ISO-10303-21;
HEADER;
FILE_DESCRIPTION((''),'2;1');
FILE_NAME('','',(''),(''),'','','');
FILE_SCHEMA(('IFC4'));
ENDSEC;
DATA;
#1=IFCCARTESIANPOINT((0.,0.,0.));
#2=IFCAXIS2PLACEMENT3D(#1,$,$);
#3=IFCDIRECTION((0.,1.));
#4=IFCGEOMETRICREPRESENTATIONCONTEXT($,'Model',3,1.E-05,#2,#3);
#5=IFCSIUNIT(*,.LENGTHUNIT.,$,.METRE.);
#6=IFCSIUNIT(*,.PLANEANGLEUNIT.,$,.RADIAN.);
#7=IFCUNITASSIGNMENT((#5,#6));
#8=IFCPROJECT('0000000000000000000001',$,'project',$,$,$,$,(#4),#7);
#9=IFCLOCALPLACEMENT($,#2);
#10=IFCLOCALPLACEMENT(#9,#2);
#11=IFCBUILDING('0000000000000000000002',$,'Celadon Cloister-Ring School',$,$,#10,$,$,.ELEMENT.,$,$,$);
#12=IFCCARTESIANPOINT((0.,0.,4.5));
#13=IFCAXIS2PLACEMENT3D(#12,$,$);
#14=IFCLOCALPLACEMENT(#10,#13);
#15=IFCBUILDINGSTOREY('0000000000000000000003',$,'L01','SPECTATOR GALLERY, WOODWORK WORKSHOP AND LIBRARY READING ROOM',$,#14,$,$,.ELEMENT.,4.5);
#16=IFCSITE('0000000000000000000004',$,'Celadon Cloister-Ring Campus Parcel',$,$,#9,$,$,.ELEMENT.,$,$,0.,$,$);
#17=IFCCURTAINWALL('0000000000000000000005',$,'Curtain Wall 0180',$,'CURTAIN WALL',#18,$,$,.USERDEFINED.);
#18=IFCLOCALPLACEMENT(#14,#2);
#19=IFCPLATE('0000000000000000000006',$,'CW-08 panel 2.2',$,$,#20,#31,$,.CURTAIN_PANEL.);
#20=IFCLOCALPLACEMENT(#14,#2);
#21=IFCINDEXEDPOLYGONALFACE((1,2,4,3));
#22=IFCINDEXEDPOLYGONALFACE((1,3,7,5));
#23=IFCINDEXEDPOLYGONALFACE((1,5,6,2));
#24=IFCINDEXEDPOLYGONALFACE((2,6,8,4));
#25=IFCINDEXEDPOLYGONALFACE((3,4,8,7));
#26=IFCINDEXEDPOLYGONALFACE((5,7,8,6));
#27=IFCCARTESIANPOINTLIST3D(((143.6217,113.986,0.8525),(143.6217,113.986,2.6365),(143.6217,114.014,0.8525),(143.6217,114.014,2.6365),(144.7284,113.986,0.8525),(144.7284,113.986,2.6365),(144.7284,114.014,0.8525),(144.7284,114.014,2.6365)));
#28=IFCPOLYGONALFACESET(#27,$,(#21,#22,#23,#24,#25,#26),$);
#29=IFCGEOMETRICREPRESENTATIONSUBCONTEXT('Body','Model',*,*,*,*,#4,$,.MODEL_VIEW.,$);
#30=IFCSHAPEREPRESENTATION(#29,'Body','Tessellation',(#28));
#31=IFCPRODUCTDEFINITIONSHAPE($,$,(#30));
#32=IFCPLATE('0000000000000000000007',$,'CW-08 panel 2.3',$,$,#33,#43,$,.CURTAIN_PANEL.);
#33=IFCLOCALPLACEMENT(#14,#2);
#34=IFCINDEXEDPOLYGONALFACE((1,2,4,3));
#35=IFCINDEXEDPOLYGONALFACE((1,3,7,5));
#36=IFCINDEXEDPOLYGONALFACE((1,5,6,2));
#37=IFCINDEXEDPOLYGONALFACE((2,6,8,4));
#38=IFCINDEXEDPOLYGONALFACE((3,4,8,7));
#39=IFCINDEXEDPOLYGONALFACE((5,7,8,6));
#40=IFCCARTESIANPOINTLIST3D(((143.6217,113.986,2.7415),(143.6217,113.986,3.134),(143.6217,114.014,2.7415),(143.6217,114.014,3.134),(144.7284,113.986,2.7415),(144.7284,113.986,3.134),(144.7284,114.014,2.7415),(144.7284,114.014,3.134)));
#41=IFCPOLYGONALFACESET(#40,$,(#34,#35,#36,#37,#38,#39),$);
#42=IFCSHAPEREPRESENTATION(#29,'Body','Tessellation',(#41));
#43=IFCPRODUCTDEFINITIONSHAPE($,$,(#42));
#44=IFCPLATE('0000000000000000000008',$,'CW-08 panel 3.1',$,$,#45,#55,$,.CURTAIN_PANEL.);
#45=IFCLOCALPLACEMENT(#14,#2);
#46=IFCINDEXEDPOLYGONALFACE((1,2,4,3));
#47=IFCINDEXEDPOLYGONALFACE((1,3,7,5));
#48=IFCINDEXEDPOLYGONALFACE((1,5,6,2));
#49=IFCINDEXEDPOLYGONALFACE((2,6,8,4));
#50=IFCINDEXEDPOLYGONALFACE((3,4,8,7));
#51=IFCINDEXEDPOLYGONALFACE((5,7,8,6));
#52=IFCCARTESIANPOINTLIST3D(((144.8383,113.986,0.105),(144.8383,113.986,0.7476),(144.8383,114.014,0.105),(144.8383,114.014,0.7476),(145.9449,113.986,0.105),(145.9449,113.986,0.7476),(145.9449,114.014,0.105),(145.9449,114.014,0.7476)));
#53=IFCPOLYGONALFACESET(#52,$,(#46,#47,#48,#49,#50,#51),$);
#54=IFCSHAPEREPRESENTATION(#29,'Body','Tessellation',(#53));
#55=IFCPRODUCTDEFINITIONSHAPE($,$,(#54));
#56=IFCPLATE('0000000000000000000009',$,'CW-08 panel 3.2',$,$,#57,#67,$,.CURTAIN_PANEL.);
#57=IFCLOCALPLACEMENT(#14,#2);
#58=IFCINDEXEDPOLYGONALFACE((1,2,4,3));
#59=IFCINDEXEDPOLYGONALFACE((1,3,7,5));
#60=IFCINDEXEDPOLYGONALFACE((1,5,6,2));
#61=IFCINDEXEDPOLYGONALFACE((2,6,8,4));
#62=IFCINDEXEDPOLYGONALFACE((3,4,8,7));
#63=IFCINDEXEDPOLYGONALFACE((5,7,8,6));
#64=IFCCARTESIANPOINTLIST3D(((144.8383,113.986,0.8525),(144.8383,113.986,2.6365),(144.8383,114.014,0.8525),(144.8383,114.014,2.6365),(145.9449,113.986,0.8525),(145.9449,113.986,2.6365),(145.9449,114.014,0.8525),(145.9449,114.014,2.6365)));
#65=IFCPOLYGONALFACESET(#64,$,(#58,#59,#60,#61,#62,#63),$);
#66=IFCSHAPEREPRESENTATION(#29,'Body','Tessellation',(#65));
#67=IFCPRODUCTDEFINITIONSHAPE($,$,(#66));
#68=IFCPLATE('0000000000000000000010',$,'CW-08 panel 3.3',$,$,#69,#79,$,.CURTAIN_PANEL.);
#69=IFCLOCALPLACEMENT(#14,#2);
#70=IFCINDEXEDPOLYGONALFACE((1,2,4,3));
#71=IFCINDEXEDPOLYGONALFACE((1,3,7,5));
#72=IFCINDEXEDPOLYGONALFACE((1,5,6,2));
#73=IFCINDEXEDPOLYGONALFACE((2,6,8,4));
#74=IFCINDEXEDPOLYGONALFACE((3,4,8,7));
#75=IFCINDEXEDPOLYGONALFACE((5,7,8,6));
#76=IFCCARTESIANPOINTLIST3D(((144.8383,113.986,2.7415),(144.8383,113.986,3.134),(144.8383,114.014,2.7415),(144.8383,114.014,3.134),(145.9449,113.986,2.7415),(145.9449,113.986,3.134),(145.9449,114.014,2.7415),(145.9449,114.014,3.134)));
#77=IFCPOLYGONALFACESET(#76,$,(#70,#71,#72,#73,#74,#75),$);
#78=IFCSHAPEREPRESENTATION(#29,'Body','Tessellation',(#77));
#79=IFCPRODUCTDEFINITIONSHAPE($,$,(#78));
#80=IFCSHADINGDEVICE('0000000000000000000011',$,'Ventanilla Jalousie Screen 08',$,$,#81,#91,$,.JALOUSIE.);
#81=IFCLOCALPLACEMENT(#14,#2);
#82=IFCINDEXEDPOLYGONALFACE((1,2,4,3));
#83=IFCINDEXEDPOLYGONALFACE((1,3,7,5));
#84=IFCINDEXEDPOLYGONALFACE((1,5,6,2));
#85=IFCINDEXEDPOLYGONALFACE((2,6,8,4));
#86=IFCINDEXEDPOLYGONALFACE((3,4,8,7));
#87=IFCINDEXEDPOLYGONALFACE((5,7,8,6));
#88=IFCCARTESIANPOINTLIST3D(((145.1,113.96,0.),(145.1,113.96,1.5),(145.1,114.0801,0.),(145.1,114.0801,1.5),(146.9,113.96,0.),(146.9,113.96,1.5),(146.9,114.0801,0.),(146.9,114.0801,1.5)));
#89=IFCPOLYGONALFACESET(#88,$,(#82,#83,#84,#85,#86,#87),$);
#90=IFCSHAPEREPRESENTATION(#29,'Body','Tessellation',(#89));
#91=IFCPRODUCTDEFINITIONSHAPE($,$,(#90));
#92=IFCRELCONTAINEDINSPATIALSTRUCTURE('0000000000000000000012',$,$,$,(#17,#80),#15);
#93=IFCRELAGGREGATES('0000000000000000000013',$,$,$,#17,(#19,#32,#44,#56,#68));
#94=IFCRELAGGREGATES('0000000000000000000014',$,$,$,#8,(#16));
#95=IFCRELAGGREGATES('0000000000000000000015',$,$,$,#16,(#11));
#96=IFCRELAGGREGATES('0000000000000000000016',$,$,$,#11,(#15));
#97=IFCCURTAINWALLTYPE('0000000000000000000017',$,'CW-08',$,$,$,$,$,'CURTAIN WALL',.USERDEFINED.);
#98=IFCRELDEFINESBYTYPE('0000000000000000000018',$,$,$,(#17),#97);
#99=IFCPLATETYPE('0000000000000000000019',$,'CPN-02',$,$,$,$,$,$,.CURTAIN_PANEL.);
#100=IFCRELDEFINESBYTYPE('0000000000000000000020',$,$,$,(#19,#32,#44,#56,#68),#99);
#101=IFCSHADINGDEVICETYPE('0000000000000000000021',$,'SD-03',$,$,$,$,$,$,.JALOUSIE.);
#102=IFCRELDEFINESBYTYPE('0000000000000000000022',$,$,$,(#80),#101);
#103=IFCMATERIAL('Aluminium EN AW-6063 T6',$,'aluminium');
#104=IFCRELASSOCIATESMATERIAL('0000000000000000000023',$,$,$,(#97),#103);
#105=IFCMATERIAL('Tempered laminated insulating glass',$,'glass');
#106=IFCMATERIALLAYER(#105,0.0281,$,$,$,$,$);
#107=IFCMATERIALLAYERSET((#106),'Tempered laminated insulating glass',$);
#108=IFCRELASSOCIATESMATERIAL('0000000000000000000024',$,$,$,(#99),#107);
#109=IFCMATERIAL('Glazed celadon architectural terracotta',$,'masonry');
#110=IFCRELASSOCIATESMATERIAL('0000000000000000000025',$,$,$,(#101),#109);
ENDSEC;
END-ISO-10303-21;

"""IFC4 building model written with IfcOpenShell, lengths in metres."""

from ifc_helpers import new_model, si_unit, direction, frame, origin, origin_2d, place, context, subcontext, project, spatial, rectangle, extrude, material, layer, layer_set, type_object, element, aggregate, save


model = new_model("IFC4")

# Units and contexts
model_context = context("Model", 3, precision=1e-05, world=origin(), true_north=direction((0.0, 1.0)))
body_context = subcontext(model_context, "Body", "Model", "MODEL_VIEW")
ifc_project = project(units=[si_unit("LENGTHUNIT", "METRE"), si_unit("PLANEANGLEUNIT", "RADIAN")], contexts=[model_context])

# Site, building, storey
site_placement = place(None, origin())
site = spatial("IfcSite", under=ifc_project, at=site_placement, Name="Celadon Cloister-Ring Campus Parcel", CompositionType="ELEMENT", RefElevation=0.0)
building_placement = place(site_placement, origin())
building = spatial("IfcBuilding", under=site, at=building_placement, Name="Celadon Cloister-Ring School", CompositionType="ELEMENT")
storey_placement = place(building_placement, frame((0.0, 0.0, 4.5)))
storey = spatial("IfcBuildingStorey", under=building, at=storey_placement, Name="L01", Description="SPECTATOR GALLERY, WOODWORK WORKSHOP AND LIBRARY READING ROOM", CompositionType="ELEMENT", Elevation=4.5)

# Curtain wall, plates
ifc_material_1 = material(Name="Aluminium EN AW-6063 T6", Category="aluminium")
curtain_wall_type = type_object("IfcCurtainWallType", Name="CW-08", ElementType="CURTAIN WALL", PredefinedType="USERDEFINED", material=ifc_material_1)
curtain_wall_placement = place(storey_placement, origin())
curtain_wall = element("IfcCurtainWall", 1, at=curtain_wall_placement, inside=storey, type_object=curtain_wall_type, Name="Curtain Wall 0180", ObjectType="CURTAIN WALL", PredefinedType="USERDEFINED")
ifc_material_2 = material(Name="Tempered laminated insulating glass", Category="glass")
ifc_layer = layer(ifc_material_2, 0.0281)
ifc_layer_set = layer_set([ifc_layer], Name="Tempered laminated insulating glass")
plate_type = type_object("IfcPlateType", Name="CPN-02", PredefinedType="CURTAIN_PANEL", material=ifc_layer_set)
plate_1_placement = place(storey_placement, frame((144.175, 114.0, 0.8525), z_axis=(0.0, 0.0, 1.0), x_axis=(1.0, 0.0, 0.0)))
plate_1 = element("IfcPlate", 2, at=plate_1_placement, type_object=plate_type, Name="CW-08 panel 2.2", PredefinedType="CURTAIN_PANEL", context=body_context, shape_type="SweptSolid", body=[
    extrude(rectangle(XDim=1.1067, YDim=0.0281, at=origin_2d()), origin(), (0.0, 0.0, 1.0), 1.7839),
])
plate_2_placement = place(storey_placement, frame((144.175, 114.0, 2.7415), z_axis=(0.0, 0.0, 1.0), x_axis=(1.0, 0.0, 0.0)))
plate_2 = element("IfcPlate", 3, at=plate_2_placement, type_object=plate_type, Name="CW-08 panel 2.3", PredefinedType="CURTAIN_PANEL", context=body_context, shape_type="SweptSolid", body=[
    extrude(rectangle(XDim=1.1067, YDim=0.0281, at=origin_2d()), origin(), (0.0, 0.0, 1.0), 0.3926),
])
plate_3_placement = place(storey_placement, frame((145.3916, 114.0, 0.105), z_axis=(0.0, 0.0, 1.0), x_axis=(1.0, 0.0, 0.0)))
plate_3 = element("IfcPlate", 4, at=plate_3_placement, type_object=plate_type, Name="CW-08 panel 3.1", PredefinedType="CURTAIN_PANEL", context=body_context, shape_type="SweptSolid", body=[
    extrude(rectangle(XDim=1.1067, YDim=0.0281, at=origin_2d()), origin(), (0.0, 0.0, 1.0), 0.6426),
])
plate_4_placement = place(storey_placement, frame((145.3916, 114.0, 0.8525), z_axis=(0.0, 0.0, 1.0), x_axis=(1.0, 0.0, 0.0)))
plate_4 = element("IfcPlate", 5, at=plate_4_placement, type_object=plate_type, Name="CW-08 panel 3.2", PredefinedType="CURTAIN_PANEL", context=body_context, shape_type="SweptSolid", body=[
    extrude(rectangle(XDim=1.1067, YDim=0.0281, at=origin_2d()), origin(), (0.0, 0.0, 1.0), 1.7839),
])
plate_5_placement = place(storey_placement, frame((145.3916, 114.0, 2.7415), z_axis=(0.0, 0.0, 1.0), x_axis=(1.0, 0.0, 0.0)))
plate_5 = element("IfcPlate", 6, at=plate_5_placement, type_object=plate_type, Name="CW-08 panel 3.3", PredefinedType="CURTAIN_PANEL", context=body_context, shape_type="SweptSolid", body=[
    extrude(rectangle(XDim=1.1067, YDim=0.0281, at=origin_2d()), origin(), (0.0, 0.0, 1.0), 0.3926),
])
aggregate(curtain_wall, [plate_1, plate_2, plate_3, plate_4, plate_5])

# Shading device
ifc_material_3 = material(Name="Glazed celadon architectural terracotta", Category="masonry")
shading_device_type = type_object("IfcShadingDeviceType", Name="SD-03", PredefinedType="JALOUSIE", material=ifc_material_3)
shading_device_placement = place(storey_placement, frame((146.0, 114.02, 0.0), z_axis=(0.0, 0.0, 1.0), x_axis=(1.0, 0.0, 0.0)))
element("IfcShadingDevice", 7, at=shading_device_placement, inside=storey, type_object=shading_device_type, Name="Ventanilla Jalousie Screen 08", PredefinedType="JALOUSIE", context=body_context, shape_type="SweptSolid", body=[
    extrude(rectangle(XDim=1.8, YDim=0.1201, at=origin_2d()), origin(), (0.0, 0.0, 1.0), 1.5),
])

save(model, "model.ifc")
